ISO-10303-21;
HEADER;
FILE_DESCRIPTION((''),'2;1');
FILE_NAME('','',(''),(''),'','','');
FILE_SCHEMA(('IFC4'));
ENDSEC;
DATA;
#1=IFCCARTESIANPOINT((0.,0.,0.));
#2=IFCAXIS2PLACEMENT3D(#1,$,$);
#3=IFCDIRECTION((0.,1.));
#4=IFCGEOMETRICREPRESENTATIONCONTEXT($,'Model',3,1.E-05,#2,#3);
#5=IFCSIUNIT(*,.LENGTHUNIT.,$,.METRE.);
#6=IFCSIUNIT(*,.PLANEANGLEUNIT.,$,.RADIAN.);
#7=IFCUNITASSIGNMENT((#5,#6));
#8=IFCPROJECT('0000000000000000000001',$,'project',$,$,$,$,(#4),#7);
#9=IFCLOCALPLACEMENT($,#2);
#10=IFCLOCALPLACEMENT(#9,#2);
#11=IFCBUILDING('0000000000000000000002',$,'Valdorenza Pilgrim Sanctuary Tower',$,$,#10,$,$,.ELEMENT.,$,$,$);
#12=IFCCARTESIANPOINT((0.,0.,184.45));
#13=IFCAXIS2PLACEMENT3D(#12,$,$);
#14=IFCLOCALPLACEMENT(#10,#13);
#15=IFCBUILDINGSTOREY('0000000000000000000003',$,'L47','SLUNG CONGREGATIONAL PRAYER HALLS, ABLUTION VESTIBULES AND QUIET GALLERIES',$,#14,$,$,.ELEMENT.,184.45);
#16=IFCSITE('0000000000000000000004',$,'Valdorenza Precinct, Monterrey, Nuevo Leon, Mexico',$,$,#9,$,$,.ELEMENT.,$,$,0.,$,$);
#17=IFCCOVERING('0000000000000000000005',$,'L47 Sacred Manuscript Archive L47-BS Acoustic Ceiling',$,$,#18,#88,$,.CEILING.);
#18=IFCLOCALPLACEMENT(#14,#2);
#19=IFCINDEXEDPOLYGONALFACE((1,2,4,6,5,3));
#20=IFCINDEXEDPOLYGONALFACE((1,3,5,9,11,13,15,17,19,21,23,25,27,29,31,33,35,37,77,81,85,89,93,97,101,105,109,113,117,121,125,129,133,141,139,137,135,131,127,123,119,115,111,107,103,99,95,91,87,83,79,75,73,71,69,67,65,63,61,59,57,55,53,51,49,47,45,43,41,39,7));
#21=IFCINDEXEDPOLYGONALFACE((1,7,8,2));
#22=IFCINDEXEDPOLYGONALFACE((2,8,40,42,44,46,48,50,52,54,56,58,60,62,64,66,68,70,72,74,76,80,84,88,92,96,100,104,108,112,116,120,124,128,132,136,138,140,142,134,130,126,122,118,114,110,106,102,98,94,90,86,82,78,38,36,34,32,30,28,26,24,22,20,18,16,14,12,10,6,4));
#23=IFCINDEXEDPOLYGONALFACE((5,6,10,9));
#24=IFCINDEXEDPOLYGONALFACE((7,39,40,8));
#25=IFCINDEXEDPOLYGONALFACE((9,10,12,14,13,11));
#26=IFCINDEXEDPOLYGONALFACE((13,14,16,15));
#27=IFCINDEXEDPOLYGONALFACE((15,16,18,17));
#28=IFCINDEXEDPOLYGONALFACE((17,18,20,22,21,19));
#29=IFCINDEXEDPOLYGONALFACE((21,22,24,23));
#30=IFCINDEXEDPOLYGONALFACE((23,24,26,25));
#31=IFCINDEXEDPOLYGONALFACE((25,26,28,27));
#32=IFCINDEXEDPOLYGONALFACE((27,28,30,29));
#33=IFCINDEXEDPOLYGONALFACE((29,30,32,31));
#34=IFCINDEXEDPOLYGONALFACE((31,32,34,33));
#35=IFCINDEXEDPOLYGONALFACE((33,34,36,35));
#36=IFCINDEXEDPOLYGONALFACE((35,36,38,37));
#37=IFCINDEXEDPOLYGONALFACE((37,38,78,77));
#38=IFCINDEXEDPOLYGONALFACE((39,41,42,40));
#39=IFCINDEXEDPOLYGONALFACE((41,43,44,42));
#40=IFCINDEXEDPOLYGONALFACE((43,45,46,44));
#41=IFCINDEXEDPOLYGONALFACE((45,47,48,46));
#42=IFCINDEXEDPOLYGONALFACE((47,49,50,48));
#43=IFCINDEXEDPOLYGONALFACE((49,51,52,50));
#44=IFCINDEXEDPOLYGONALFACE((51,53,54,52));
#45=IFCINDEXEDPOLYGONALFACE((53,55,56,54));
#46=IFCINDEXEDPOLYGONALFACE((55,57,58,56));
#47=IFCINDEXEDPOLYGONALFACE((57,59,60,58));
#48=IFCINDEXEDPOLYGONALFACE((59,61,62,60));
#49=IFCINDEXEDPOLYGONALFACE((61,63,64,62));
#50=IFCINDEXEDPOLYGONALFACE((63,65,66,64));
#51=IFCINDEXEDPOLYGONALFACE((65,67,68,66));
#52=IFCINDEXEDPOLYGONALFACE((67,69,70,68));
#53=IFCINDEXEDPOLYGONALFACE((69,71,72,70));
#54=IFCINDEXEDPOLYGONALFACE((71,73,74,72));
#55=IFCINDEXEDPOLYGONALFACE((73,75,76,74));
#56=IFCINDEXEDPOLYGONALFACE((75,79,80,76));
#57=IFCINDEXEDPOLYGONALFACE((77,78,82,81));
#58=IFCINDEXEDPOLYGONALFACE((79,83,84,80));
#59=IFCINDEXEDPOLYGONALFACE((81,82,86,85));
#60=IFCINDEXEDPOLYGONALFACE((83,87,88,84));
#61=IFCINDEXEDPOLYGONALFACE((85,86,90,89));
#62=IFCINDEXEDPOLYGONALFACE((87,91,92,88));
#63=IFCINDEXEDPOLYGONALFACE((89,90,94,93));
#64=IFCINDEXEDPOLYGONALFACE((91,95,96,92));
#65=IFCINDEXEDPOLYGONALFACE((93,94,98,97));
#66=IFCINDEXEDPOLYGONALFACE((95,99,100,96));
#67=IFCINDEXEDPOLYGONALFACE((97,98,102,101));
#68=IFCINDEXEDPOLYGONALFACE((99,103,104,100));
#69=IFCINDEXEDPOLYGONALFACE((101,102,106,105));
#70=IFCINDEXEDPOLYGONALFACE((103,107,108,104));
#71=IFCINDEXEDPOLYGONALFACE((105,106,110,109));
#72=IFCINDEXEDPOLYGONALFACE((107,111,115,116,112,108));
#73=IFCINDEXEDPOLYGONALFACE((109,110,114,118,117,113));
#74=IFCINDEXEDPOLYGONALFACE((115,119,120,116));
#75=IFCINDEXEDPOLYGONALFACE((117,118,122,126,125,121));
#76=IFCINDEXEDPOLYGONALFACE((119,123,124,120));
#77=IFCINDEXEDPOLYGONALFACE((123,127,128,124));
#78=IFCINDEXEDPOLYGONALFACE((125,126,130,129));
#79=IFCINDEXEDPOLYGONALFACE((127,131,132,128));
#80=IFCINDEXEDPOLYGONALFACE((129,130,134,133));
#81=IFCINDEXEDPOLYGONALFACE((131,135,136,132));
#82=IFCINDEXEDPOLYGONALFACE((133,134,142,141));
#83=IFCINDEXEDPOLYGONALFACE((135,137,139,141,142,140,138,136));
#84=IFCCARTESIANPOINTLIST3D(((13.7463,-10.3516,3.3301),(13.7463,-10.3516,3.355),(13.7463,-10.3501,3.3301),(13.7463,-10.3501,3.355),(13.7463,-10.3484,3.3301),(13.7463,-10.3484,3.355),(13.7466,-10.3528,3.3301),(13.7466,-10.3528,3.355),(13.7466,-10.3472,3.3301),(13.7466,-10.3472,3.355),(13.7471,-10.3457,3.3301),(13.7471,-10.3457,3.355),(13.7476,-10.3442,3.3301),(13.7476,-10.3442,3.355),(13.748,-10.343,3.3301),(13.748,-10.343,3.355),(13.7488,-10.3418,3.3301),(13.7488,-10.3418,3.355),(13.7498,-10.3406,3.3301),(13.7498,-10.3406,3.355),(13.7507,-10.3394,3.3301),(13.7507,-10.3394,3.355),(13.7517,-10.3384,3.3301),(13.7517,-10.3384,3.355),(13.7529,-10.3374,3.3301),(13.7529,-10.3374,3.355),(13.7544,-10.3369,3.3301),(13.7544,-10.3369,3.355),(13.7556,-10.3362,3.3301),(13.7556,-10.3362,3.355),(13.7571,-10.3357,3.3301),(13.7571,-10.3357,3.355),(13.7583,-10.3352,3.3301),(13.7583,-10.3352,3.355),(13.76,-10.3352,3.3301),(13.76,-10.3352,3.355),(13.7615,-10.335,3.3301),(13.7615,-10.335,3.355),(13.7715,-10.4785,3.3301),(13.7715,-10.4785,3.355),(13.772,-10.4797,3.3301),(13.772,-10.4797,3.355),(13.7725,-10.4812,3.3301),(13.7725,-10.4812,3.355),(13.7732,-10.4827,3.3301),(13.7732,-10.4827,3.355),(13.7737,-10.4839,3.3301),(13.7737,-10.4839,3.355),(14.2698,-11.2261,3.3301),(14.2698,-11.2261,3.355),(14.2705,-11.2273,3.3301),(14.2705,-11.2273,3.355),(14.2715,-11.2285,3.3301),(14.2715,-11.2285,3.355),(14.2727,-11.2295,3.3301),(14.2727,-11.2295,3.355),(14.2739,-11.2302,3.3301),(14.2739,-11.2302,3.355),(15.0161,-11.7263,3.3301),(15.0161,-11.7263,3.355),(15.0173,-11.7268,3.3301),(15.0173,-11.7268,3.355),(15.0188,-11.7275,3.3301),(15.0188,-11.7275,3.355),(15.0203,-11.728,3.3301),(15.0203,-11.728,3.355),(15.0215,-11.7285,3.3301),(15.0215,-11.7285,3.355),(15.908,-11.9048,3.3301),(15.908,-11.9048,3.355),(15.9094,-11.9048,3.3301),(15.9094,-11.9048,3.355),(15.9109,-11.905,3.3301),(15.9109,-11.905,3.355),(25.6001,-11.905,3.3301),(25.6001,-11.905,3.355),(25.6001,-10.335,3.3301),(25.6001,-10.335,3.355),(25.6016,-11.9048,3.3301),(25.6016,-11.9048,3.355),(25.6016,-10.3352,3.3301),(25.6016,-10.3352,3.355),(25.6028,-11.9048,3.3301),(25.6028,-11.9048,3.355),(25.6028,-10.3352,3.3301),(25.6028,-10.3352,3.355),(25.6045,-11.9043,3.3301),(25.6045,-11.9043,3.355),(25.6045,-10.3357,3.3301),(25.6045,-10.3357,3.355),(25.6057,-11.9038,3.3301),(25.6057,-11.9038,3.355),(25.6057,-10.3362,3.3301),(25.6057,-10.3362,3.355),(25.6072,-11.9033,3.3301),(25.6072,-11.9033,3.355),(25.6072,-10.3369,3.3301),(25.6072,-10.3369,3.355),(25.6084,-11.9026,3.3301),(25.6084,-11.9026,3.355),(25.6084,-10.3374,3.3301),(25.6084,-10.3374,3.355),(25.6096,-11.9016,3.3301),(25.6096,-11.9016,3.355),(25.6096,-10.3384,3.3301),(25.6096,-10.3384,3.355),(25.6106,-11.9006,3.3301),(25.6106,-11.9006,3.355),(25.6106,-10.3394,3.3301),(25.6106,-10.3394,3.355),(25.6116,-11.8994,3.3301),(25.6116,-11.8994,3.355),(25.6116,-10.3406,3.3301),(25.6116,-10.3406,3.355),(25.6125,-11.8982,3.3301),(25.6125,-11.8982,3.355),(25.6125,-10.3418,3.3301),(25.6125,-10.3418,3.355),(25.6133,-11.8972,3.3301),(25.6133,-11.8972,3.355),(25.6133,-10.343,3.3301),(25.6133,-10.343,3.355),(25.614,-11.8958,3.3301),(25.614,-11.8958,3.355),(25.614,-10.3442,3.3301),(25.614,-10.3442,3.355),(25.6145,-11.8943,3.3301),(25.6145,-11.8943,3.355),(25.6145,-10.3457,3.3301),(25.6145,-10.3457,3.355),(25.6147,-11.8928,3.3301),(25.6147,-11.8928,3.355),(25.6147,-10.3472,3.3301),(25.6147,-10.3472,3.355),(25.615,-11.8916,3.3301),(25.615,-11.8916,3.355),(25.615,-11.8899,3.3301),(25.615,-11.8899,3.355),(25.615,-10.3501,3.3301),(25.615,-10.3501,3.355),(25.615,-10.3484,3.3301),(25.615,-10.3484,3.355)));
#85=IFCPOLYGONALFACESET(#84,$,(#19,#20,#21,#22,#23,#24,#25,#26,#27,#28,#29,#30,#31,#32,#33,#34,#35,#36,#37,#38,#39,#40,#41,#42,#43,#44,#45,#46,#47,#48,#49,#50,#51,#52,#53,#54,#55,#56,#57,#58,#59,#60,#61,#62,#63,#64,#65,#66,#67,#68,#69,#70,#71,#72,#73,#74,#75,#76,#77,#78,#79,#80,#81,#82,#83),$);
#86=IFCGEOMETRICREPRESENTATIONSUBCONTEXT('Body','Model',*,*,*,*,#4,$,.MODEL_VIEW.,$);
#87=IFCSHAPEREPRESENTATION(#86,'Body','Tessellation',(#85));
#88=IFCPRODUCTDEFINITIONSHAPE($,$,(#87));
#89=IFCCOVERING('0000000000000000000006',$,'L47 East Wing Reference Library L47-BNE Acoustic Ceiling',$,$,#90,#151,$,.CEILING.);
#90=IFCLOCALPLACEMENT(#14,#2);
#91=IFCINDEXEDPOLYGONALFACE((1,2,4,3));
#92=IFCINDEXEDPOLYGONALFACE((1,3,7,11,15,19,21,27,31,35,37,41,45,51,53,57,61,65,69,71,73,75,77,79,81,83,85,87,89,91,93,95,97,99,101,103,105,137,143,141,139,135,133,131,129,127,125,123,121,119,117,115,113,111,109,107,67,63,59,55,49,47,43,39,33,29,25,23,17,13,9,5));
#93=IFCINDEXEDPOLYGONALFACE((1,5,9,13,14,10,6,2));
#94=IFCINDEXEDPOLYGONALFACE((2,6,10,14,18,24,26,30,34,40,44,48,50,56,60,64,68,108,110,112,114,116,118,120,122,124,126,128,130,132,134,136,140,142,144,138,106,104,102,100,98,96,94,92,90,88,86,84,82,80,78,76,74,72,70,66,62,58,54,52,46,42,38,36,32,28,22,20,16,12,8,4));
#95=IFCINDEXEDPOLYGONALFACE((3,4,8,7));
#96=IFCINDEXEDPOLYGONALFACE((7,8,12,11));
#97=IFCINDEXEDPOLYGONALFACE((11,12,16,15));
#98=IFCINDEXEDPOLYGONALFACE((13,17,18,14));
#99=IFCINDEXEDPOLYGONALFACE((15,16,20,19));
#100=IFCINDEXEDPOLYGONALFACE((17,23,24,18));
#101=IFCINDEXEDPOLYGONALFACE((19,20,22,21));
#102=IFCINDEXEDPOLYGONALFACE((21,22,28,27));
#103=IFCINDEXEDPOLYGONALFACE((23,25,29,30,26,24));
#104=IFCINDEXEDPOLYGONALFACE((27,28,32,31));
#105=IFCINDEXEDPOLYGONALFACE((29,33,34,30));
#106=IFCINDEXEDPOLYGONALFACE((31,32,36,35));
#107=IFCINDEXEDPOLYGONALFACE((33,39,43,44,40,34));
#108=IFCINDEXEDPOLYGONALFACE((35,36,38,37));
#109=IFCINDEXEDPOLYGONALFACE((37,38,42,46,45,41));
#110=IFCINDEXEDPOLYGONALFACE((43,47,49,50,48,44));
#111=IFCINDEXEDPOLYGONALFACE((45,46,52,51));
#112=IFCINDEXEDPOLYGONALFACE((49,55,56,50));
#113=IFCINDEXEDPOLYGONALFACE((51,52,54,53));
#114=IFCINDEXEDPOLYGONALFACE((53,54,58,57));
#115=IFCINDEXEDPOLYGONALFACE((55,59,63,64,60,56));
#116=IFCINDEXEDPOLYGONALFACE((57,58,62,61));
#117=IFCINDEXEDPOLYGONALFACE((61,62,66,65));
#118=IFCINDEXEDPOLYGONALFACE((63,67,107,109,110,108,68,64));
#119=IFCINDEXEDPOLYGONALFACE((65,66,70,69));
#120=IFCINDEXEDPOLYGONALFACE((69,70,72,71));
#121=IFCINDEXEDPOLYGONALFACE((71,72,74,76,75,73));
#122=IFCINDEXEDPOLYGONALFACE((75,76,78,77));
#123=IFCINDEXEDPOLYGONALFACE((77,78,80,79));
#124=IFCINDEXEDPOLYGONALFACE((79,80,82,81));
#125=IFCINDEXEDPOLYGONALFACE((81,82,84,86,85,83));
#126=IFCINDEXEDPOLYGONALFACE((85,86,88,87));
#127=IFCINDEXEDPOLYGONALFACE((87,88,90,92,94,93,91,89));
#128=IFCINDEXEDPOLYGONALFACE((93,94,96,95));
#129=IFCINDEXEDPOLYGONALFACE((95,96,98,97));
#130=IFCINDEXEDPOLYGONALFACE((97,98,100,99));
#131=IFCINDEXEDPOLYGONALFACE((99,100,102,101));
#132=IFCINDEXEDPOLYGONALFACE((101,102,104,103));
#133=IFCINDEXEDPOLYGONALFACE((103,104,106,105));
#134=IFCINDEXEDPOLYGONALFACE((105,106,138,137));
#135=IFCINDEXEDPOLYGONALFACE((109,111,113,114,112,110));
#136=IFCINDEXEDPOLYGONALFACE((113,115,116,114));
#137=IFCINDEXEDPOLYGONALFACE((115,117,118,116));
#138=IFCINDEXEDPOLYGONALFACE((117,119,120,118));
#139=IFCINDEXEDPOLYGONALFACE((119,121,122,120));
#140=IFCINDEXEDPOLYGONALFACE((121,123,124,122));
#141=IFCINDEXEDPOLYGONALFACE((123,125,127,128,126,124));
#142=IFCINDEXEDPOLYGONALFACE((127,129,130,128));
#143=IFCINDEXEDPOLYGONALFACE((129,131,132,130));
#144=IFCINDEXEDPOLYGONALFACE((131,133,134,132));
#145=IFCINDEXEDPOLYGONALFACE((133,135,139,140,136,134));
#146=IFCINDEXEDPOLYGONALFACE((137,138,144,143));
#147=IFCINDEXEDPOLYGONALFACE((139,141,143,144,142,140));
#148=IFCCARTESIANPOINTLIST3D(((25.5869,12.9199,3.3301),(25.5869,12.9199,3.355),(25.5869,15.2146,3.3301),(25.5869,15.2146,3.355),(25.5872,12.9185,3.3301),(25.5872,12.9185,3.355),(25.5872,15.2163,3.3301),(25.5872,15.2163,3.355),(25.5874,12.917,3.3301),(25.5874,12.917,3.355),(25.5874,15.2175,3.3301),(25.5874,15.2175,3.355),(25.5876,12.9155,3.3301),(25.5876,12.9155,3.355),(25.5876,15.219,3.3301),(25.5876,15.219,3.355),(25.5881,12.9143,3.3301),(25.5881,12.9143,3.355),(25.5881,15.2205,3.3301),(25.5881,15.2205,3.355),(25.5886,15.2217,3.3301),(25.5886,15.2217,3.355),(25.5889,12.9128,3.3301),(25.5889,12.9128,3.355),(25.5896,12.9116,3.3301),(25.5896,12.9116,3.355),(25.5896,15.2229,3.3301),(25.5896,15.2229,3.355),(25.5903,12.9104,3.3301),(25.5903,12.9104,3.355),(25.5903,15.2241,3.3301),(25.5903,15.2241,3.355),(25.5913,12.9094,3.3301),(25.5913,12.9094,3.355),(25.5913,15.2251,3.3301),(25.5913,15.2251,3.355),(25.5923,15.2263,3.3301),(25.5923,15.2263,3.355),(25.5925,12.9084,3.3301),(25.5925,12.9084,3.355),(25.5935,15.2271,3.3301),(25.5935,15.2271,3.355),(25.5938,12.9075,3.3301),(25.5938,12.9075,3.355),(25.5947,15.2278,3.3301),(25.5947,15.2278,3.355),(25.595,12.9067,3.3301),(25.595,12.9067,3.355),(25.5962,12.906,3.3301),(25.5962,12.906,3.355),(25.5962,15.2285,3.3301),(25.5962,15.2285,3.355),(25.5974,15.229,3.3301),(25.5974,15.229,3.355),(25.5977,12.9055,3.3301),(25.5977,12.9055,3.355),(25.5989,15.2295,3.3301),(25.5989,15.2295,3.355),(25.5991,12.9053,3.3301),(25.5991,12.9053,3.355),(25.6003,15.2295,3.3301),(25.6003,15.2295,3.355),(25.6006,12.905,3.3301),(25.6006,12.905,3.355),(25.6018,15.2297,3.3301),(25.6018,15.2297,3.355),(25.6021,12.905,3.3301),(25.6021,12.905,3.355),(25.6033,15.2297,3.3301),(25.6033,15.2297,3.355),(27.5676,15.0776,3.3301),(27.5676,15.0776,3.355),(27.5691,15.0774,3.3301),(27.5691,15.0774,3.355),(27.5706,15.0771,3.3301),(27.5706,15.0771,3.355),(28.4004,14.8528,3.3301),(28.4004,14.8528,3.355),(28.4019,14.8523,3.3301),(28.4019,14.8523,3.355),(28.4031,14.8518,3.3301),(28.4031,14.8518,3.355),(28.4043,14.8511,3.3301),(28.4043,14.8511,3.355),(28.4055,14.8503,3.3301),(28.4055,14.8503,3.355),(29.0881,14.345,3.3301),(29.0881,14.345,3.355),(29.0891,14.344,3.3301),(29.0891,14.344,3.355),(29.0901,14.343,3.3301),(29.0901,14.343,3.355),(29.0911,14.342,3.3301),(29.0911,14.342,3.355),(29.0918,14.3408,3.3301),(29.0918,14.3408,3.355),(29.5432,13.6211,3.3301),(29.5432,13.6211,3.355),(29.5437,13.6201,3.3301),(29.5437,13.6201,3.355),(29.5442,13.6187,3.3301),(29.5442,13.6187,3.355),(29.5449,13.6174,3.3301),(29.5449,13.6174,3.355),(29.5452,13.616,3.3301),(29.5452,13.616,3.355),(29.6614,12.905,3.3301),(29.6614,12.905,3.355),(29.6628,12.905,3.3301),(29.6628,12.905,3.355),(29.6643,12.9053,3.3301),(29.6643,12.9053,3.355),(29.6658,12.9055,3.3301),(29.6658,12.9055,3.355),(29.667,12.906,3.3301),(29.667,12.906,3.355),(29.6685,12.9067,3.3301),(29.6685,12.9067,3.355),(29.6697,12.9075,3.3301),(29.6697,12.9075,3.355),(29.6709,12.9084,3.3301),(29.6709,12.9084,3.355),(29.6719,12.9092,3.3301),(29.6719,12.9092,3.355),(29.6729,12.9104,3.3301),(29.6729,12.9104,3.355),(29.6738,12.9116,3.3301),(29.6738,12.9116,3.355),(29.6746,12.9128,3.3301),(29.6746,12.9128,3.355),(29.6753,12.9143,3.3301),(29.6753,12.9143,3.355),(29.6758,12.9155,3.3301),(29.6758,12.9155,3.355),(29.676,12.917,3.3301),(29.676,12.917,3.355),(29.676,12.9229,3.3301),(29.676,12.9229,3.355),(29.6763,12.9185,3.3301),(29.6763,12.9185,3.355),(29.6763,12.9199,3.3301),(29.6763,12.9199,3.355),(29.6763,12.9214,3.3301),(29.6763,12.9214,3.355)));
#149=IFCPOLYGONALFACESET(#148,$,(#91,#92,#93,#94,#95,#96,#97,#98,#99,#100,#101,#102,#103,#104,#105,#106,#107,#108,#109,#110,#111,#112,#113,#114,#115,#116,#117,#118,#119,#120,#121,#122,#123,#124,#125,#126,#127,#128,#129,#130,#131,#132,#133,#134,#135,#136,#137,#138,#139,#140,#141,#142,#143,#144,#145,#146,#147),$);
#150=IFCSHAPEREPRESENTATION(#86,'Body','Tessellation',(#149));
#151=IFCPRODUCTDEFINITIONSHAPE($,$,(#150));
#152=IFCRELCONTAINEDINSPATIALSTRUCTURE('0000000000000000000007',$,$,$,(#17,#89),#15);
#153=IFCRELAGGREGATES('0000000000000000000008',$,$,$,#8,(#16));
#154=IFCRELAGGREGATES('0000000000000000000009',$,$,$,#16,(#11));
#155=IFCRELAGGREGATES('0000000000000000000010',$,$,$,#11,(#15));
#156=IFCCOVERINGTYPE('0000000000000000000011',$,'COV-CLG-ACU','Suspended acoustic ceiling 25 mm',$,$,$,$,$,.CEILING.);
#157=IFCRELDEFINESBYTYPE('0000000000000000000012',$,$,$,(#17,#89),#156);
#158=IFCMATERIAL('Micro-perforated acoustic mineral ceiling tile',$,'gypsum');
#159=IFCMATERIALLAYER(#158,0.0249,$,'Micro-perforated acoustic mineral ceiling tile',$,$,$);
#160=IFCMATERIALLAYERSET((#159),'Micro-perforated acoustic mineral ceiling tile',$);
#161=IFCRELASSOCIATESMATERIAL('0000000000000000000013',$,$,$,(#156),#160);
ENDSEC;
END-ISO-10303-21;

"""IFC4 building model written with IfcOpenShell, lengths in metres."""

from ifc_helpers import new_model, si_unit, direction, frame, origin, place, context, subcontext, project, spatial, polyline, outline, extrude, material, layer, layer_set, type_object, element, save


model = new_model("IFC4")

# Units and contexts
model_context = context("Model", 3, precision=1e-05, world=origin(), true_north=direction((0.0, 1.0)))
body_context = subcontext(model_context, "Body", "Model", "MODEL_VIEW")
ifc_project = project(units=[si_unit("LENGTHUNIT", "METRE"), si_unit("PLANEANGLEUNIT", "RADIAN")], contexts=[model_context])

# Site, building, storey
site_placement = place(None, origin())
site = spatial("IfcSite", under=ifc_project, at=site_placement, Name="Valdorenza Precinct, Monterrey, Nuevo Leon, Mexico", CompositionType="ELEMENT", RefElevation=0.0)
building_placement = place(site_placement, origin())
building = spatial("IfcBuilding", under=site, at=building_placement, Name="Valdorenza Pilgrim Sanctuary Tower", CompositionType="ELEMENT")
storey_placement = place(building_placement, frame((0.0, 0.0, 184.45)))
storey = spatial("IfcBuildingStorey", under=building, at=storey_placement, Name="L47", Description="SLUNG CONGREGATIONAL PRAYER HALLS, ABLUTION VESTIBULES AND QUIET GALLERIES", CompositionType="ELEMENT", Elevation=184.45)

# Coverings
ifc_material_1 = material(Name="Micro-perforated acoustic mineral ceiling tile", Category="gypsum")
ifc_layer_1 = layer(ifc_material_1, 0.0249, Name="Micro-perforated acoustic mineral ceiling tile")
ifc_layer_set_1 = layer_set([ifc_layer_1], Name="Micro-perforated acoustic mineral ceiling tile")
covering_type_1 = type_object("IfcCoveringType", Name="COV-CLG-ACU", Description="Suspended acoustic ceiling 25 mm", PredefinedType="CEILING", material=ifc_layer_set_1)
covering_1_placement = place(storey_placement, frame((0.0, 0.0, 3.3301)))
element("IfcCovering", 1, at=covering_1_placement, inside=storey, type_object=covering_type_1, Name="L47 Sacred Manuscript Archive L47-BS Acoustic Ceiling", PredefinedType="CEILING", context=body_context, shape_type="SweptSolid", body=[
    extrude(outline(polyline([(25.615, -11.8899), (25.615, -11.8916), (25.6147, -11.8928), (25.6145, -11.8943), (25.614, -11.8958), (25.6133, -11.8972), (25.6125, -11.8982), (25.6116, -11.8994), (25.6106, -11.9006), (25.6096, -11.9016), (25.6084, -11.9026), (25.6072, -11.9033), (25.6057, -11.9038), (25.6045, -11.9043), (25.6028, -11.9048), (25.6016, -11.9048), (25.6001, -11.905), (15.9109, -11.905), (15.9094, -11.9048), (15.908, -11.9048), (15.0215, -11.7285), (15.0203, -11.728), (15.0188, -11.7275), (15.0173, -11.7268), (15.0161, -11.7263), (14.2739, -11.2302), (14.2727, -11.2295), (14.2715, -11.2285), (14.2705, -11.2273), (14.2698, -11.2261), (13.7737, -10.4839), (13.7732, -10.4827), (13.7725, -10.4812), (13.772, -10.4797), (13.7715, -10.4785), (13.7466, -10.3528), (13.7463, -10.3516), (13.7463, -10.3501), (13.7463, -10.3484), (13.7466, -10.3472), (13.7471, -10.3457), (13.7476, -10.3442), (13.748, -10.343), (13.7488, -10.3418), (13.7498, -10.3406), (13.7507, -10.3394), (13.7517, -10.3384), (13.7529, -10.3374), (13.7544, -10.3369), (13.7556, -10.3362), (13.7571, -10.3357), (13.7583, -10.3352), (13.76, -10.3352), (13.7615, -10.335), (25.6001, -10.335), (25.6016, -10.3352), (25.6028, -10.3352), (25.6045, -10.3357), (25.6057, -10.3362), (25.6072, -10.3369), (25.6084, -10.3374), (25.6096, -10.3384), (25.6106, -10.3394), (25.6116, -10.3406), (25.6125, -10.3418), (25.6133, -10.343), (25.614, -10.3442), (25.6145, -10.3457), (25.6147, -10.3472), (25.615, -10.3484), (25.615, -10.3501), (25.615, -11.8899)])), origin(), (0.0, 0.0, 1.0), 0.0249),
])
covering_2_placement = place(storey_placement, frame((0.0, 0.0, 3.3301)))
element("IfcCovering", 2, at=covering_2_placement, inside=storey, type_object=covering_type_1, Name="L47 East Wing Reference Library L47-BNE Acoustic Ceiling", PredefinedType="CEILING", context=body_context, shape_type="SweptSolid", body=[
    extrude(outline(polyline([(27.5676, 15.0776), (27.5691, 15.0774), (27.5706, 15.0771), (28.4004, 14.8528), (28.4019, 14.8523), (28.4031, 14.8518), (28.4043, 14.8511), (28.4055, 14.8503), (29.0881, 14.345), (29.0891, 14.344), (29.0901, 14.343), (29.0911, 14.342), (29.0918, 14.3408), (29.5432, 13.6211), (29.5437, 13.6201), (29.5442, 13.6187), (29.5449, 13.6174), (29.5452, 13.616), (29.676, 12.9229), (29.6763, 12.9214), (29.6763, 12.9199), (29.6763, 12.9185), (29.676, 12.917), (29.6758, 12.9155), (29.6753, 12.9143), (29.6746, 12.9128), (29.6738, 12.9116), (29.6729, 12.9104), (29.6719, 12.9092), (29.6709, 12.9084), (29.6697, 12.9075), (29.6685, 12.9067), (29.667, 12.906), (29.6658, 12.9055), (29.6643, 12.9053), (29.6628, 12.905), (29.6614, 12.905), (25.6021, 12.905), (25.6006, 12.905), (25.5991, 12.9053), (25.5977, 12.9055), (25.5962, 12.906), (25.595, 12.9067), (25.5938, 12.9075), (25.5925, 12.9084), (25.5913, 12.9094), (25.5903, 12.9104), (25.5896, 12.9116), (25.5889, 12.9128), (25.5881, 12.9143), (25.5876, 12.9155), (25.5874, 12.917), (25.5872, 12.9185), (25.5869, 12.9199), (25.5869, 15.2146), (25.5872, 15.2163), (25.5874, 15.2175), (25.5876, 15.219), (25.5881, 15.2205), (25.5886, 15.2217), (25.5896, 15.2229), (25.5903, 15.2241), (25.5913, 15.2251), (25.5923, 15.2263), (25.5935, 15.2271), (25.5947, 15.2278), (25.5962, 15.2285), (25.5974, 15.229), (25.5989, 15.2295), (25.6003, 15.2295), (25.6018, 15.2297), (25.6033, 15.2297), (27.5676, 15.0776)])), origin(), (0.0, 0.0, 1.0), 0.0249),
])

save(model, "model.ifc")
